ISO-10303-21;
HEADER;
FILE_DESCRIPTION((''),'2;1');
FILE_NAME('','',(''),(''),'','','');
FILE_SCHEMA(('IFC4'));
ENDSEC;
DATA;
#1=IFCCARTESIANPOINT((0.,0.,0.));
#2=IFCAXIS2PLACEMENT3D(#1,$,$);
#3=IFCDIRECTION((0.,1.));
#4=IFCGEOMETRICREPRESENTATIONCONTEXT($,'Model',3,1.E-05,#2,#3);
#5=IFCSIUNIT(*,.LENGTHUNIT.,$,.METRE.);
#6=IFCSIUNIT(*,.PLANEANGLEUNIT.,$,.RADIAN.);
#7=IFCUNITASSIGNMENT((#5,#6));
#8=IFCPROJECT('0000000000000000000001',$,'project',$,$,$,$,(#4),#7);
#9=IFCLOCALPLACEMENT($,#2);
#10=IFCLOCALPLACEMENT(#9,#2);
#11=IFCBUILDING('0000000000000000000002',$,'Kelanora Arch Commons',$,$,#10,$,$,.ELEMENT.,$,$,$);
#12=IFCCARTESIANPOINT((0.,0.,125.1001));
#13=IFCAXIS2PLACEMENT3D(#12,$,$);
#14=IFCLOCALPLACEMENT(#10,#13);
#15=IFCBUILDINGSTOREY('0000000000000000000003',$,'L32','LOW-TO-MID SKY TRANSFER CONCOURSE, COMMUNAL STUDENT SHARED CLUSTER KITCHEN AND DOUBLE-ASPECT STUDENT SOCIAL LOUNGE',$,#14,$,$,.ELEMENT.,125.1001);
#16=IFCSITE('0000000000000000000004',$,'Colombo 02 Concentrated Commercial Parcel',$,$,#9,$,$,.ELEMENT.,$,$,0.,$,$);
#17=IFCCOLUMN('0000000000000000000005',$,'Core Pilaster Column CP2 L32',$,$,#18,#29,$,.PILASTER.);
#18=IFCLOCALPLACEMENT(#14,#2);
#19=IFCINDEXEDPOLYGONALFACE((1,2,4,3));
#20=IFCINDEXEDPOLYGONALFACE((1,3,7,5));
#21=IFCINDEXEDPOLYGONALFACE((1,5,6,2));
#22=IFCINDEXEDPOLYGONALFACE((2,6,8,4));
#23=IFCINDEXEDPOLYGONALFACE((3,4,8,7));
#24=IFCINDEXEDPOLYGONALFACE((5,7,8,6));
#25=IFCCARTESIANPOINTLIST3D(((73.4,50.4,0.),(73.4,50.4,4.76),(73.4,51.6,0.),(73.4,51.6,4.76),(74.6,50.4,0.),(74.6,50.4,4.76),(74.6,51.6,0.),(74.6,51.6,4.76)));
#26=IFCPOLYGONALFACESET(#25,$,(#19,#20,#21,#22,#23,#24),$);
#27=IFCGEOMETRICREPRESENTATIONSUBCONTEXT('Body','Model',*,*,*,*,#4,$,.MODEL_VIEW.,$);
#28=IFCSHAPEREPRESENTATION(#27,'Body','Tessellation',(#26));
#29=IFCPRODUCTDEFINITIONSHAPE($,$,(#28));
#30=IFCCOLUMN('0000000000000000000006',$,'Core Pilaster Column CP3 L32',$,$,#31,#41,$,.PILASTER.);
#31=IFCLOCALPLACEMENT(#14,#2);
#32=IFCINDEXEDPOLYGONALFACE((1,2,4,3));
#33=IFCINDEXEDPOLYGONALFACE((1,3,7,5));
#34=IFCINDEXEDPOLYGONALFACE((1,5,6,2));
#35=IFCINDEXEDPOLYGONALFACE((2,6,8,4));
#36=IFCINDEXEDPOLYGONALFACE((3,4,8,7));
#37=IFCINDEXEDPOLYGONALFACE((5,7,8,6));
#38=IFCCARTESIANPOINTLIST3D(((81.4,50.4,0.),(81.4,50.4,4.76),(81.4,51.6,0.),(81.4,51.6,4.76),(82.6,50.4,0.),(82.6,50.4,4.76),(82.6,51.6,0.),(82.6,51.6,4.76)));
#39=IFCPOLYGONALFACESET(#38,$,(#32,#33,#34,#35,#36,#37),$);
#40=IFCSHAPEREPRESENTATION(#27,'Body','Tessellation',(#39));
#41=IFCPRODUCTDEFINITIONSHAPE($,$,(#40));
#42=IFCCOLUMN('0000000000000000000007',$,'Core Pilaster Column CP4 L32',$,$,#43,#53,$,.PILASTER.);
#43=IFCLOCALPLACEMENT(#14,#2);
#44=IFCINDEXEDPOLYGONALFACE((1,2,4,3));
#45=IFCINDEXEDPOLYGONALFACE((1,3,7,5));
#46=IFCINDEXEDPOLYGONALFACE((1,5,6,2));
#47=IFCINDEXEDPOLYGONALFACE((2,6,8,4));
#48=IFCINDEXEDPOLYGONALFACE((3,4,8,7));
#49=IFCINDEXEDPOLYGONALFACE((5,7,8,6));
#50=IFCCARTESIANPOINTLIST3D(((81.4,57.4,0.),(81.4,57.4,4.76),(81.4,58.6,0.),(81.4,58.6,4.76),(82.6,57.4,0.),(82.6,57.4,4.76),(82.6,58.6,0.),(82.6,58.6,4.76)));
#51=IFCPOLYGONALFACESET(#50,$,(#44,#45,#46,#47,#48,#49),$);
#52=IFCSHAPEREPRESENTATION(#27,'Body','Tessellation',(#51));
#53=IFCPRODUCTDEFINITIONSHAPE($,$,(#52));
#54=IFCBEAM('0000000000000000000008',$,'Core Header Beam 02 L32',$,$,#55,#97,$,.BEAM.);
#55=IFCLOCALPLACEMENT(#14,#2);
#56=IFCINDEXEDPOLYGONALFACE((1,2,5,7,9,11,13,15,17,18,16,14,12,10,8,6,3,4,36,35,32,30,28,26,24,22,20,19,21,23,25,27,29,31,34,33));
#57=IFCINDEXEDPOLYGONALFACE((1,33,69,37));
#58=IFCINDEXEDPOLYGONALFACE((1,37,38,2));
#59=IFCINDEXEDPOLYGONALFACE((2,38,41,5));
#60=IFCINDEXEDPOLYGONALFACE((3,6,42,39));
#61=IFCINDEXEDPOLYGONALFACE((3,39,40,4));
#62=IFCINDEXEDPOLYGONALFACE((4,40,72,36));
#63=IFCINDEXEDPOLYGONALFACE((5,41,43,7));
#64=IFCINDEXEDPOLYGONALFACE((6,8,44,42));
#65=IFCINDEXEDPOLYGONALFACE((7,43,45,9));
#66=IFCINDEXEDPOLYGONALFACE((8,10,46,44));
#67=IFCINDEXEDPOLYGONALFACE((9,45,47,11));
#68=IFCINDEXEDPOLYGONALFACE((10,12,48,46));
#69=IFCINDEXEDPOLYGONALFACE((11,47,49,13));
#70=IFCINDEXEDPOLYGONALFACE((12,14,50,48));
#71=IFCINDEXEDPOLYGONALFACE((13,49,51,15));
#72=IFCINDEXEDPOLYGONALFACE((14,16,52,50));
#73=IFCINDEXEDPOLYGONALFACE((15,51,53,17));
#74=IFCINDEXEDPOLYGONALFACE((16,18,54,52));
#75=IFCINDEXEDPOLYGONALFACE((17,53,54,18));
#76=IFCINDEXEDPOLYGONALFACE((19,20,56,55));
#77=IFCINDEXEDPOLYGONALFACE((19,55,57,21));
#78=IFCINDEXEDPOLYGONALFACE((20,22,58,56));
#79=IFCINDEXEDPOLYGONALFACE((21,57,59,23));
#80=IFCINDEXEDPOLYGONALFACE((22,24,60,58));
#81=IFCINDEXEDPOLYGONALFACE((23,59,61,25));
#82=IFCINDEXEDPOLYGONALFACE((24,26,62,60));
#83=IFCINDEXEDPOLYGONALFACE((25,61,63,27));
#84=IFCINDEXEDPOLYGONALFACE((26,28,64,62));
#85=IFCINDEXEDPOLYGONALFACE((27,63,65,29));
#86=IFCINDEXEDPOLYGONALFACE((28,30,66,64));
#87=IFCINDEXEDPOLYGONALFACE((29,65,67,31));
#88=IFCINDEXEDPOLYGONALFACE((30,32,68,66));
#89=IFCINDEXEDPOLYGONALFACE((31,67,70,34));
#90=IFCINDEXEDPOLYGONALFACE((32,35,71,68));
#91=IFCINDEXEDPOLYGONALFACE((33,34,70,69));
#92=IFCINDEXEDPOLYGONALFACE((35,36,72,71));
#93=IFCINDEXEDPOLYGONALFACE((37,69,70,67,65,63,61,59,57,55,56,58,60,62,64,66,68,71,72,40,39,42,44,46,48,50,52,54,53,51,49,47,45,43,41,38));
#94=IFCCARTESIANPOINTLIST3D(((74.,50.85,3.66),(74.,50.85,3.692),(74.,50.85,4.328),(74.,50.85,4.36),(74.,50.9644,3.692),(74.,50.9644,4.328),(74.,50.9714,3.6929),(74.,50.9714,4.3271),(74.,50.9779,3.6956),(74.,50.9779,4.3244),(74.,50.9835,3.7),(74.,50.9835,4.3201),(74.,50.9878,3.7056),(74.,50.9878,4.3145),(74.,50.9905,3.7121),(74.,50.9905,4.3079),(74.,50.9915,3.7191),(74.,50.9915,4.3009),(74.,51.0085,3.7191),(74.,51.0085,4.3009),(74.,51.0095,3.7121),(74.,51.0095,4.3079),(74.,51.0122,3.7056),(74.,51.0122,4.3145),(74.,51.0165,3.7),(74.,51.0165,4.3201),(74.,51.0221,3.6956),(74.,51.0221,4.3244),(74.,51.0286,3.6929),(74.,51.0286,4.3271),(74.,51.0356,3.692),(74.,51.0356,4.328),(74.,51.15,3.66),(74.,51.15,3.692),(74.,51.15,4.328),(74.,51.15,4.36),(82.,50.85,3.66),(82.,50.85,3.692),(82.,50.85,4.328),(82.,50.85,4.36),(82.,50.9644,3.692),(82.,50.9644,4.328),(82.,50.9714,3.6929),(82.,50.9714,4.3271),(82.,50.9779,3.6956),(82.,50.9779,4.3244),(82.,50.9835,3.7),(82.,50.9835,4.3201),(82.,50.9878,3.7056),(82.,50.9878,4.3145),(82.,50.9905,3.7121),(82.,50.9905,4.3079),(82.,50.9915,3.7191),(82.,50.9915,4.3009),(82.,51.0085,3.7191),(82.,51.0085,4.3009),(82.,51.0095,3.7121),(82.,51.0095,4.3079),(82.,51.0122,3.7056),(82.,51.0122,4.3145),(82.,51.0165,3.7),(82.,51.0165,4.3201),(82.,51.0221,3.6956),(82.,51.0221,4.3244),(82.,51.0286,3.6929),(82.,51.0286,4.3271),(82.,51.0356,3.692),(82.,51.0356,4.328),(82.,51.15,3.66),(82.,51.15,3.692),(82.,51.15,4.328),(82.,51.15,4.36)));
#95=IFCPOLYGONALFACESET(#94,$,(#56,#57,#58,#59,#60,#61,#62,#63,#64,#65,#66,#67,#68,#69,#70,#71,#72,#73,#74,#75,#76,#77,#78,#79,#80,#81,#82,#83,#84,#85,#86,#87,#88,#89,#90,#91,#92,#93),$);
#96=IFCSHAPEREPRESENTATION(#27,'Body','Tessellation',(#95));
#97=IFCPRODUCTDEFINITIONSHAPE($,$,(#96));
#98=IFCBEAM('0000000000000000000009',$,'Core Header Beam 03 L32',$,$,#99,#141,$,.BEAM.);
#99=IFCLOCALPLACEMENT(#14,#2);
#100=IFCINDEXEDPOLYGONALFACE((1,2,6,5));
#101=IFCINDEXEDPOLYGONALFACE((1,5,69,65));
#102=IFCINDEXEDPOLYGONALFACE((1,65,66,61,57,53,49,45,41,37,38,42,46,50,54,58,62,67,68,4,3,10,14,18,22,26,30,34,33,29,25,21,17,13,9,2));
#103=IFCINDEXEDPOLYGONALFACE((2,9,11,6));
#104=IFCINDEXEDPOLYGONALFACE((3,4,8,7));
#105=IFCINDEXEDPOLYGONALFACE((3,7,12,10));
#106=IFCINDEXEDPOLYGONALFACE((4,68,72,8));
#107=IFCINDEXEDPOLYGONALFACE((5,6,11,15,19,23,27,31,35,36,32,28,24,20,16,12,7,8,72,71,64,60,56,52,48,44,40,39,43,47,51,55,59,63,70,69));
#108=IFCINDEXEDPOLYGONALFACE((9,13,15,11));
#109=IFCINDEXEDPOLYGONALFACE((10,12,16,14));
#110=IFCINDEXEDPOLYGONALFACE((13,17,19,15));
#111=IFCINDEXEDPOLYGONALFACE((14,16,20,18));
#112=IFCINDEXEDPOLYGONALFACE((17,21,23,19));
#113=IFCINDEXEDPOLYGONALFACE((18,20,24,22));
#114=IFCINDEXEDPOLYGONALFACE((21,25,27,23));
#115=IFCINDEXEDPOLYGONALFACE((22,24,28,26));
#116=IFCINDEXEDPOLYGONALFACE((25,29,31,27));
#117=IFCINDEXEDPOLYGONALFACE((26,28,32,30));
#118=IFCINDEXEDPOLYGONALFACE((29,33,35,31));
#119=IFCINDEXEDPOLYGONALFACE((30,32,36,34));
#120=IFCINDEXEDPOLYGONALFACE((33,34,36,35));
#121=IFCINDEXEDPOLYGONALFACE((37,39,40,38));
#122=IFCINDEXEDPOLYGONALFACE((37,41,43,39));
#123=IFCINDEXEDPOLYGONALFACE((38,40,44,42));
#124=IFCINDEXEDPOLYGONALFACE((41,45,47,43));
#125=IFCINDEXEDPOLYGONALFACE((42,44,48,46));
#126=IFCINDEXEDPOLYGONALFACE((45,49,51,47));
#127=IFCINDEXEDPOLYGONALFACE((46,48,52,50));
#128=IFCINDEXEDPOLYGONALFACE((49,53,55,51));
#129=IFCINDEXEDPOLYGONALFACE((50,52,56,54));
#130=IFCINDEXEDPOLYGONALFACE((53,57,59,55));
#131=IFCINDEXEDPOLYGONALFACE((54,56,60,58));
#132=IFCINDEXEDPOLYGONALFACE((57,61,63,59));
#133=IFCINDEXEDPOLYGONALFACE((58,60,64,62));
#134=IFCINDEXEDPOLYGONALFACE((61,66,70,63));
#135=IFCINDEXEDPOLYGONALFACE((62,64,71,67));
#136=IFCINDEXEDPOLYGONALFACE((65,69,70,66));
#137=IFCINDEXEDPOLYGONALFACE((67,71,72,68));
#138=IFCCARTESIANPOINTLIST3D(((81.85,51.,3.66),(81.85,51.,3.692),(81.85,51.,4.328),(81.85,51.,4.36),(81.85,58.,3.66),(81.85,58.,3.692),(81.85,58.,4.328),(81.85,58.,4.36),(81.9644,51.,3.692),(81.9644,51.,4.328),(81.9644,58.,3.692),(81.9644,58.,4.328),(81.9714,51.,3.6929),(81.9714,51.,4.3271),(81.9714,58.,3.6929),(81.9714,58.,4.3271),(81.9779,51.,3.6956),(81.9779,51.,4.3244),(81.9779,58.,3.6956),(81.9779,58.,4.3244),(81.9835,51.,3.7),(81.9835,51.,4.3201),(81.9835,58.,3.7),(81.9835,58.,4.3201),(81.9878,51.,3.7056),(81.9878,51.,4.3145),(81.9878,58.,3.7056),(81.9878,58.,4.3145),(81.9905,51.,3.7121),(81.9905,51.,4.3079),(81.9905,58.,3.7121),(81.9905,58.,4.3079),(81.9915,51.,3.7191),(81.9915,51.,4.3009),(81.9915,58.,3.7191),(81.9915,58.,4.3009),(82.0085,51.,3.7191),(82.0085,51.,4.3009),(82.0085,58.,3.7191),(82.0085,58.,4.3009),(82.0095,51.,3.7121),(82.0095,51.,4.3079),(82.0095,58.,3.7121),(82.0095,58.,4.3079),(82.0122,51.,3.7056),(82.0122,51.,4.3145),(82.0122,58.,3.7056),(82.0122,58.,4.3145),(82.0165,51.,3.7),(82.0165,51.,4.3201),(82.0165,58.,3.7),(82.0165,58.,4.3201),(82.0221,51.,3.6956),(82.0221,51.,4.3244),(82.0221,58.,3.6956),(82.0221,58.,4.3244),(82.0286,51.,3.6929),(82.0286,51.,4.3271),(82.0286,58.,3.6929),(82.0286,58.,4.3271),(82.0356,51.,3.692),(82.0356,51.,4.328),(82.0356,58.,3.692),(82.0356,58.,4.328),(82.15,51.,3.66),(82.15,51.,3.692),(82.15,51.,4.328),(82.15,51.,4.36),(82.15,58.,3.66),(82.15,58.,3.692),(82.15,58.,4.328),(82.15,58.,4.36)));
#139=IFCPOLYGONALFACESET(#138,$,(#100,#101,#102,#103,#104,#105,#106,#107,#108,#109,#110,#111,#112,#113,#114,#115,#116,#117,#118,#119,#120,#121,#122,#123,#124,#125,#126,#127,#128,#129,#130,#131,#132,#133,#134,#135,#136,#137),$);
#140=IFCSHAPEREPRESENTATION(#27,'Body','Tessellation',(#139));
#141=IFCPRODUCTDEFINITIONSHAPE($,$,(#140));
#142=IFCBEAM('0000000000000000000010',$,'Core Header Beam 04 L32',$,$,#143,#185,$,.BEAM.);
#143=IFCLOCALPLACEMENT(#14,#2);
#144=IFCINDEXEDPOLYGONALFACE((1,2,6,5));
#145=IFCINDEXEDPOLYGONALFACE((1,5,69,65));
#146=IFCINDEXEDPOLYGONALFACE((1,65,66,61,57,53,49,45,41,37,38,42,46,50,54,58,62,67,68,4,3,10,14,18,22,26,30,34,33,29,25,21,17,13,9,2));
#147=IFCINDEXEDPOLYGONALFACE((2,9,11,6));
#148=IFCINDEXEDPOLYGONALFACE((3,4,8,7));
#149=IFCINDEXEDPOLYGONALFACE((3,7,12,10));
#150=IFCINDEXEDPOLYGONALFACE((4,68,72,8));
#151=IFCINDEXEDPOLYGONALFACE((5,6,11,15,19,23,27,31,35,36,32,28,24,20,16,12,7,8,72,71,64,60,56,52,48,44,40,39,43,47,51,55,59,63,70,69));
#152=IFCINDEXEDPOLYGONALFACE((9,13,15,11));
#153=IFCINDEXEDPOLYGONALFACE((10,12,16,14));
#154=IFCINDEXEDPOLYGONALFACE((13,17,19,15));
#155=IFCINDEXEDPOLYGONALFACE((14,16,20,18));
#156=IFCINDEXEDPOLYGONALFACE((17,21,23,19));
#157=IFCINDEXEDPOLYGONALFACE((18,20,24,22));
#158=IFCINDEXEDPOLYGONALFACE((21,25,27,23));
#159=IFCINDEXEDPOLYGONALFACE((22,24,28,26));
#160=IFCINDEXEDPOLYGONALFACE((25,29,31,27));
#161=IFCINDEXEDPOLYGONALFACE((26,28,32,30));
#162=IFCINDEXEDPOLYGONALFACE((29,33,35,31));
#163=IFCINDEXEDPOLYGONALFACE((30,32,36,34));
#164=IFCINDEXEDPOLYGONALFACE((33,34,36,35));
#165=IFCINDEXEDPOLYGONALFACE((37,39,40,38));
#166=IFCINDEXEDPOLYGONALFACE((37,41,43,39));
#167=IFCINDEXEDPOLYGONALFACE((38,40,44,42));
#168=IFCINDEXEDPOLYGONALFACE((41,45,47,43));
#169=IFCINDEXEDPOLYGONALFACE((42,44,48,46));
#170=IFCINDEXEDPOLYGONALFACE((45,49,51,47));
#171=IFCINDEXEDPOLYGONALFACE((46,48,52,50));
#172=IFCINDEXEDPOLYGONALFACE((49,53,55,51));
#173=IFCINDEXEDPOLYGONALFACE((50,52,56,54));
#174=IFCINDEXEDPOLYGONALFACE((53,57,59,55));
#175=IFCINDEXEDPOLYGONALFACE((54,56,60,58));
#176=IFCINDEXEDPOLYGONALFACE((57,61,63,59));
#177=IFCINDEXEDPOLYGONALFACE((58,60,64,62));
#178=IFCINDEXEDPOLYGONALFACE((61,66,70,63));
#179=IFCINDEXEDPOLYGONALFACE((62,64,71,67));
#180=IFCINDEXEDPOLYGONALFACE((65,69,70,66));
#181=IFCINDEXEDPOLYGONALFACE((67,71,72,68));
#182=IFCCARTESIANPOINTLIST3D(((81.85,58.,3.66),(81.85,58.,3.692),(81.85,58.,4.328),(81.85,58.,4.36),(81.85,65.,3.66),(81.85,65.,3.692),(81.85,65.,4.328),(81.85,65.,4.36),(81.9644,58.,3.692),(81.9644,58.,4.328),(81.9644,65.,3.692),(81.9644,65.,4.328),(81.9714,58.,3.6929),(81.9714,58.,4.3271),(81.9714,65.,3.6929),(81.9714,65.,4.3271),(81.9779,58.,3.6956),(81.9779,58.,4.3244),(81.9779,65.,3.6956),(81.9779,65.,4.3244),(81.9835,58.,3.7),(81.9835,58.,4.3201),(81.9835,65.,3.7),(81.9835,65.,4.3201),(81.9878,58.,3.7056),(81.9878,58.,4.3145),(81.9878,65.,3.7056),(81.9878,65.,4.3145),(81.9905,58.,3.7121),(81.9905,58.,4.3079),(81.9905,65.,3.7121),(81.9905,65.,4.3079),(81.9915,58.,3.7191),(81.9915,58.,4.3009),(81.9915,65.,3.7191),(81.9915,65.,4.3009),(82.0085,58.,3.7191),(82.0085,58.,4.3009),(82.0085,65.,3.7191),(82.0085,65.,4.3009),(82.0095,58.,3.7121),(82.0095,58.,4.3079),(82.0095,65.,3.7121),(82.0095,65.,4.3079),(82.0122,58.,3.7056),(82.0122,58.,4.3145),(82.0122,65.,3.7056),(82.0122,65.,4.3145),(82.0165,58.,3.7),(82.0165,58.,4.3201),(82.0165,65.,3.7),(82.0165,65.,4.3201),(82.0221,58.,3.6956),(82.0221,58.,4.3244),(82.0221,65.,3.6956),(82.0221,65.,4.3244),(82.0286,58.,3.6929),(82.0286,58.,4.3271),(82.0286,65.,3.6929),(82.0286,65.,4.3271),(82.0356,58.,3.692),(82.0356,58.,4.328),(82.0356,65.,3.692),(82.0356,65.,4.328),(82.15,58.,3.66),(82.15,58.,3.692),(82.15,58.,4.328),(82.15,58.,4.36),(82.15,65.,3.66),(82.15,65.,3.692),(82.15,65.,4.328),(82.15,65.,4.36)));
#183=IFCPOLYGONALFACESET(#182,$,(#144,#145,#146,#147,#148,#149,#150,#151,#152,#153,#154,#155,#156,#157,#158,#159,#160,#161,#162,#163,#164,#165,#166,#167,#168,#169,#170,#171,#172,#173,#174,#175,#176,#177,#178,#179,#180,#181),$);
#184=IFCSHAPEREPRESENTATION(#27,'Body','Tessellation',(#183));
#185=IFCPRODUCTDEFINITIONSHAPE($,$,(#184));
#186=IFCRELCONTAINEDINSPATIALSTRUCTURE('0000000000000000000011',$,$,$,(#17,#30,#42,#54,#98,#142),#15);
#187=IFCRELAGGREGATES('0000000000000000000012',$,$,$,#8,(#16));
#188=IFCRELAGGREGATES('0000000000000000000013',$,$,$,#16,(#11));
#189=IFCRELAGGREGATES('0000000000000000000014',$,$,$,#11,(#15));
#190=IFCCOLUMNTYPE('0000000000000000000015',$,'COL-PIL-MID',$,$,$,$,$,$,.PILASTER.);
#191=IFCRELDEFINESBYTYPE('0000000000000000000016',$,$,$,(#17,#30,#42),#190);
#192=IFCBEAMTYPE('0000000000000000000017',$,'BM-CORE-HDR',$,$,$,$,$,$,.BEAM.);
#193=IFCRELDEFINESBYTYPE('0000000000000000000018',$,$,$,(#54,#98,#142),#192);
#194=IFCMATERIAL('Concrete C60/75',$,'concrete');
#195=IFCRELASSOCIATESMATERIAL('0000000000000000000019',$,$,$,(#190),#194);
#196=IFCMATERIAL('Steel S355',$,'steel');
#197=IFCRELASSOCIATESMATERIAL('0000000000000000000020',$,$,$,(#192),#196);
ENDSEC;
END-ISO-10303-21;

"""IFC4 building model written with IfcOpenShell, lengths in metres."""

from ifc_helpers import new_model, si_unit, direction, frame, origin, origin_2d, place, context, subcontext, project, spatial, rectangle, i_section, extrude, material, material_profile, profile_set, type_object, element, save


model = new_model("IFC4")

# Units and contexts
model_context = context("Model", 3, precision=1e-05, world=origin(), true_north=direction((0.0, 1.0)))
body_context = subcontext(model_context, "Body", "Model", "MODEL_VIEW")
ifc_project = project(units=[si_unit("LENGTHUNIT", "METRE"), si_unit("PLANEANGLEUNIT", "RADIAN")], contexts=[model_context])

# Site, building, storey
site_placement = place(None, origin())
site = spatial("IfcSite", under=ifc_project, at=site_placement, Name="Colombo 02 Concentrated Commercial Parcel", CompositionType="ELEMENT", RefElevation=0.0)
building_placement = place(site_placement, origin())
building = spatial("IfcBuilding", under=site, at=building_placement, Name="Kelanora Arch Commons", CompositionType="ELEMENT")
storey_placement = place(building_placement, frame((0.0, 0.0, 125.1001)))
storey = spatial("IfcBuildingStorey", under=building, at=storey_placement, Name="L32", Description="LOW-TO-MID SKY TRANSFER CONCOURSE, COMMUNAL STUDENT SHARED CLUSTER KITCHEN AND DOUBLE-ASPECT STUDENT SOCIAL LOUNGE", CompositionType="ELEMENT", Elevation=125.1001)

# Columns
ifc_material_1 = material(Name="Concrete C60/75", Category="concrete")
ifc_material_profile_1 = material_profile(ifc_material_1, rectangle(XDim=1.2, YDim=1.2, at=origin_2d()), Name="RC1200x1200")
ifc_profile_set_1 = profile_set([ifc_material_profile_1], Name="Concrete C60/75")
column_type = type_object("IfcColumnType", Name="COL-PIL-MID", PredefinedType="PILASTER", material=ifc_profile_set_1)
for number, where, z_axis, x_axis, name in (
    (1, (74.0, 51.0, 0.0), (0.0, 0.0, 1.0), (1.0, 0.0, 0.0), "Core Pilaster Column CP2 L32"),
    (2, (82.0, 51.0, 0.0), (0.0, 0.0, 1.0), (1.0, 0.0, 0.0), "Core Pilaster Column CP3 L32"),
    (3, (82.0, 58.0, 0.0), (0.0, 0.0, 1.0), (1.0, 0.0, 0.0), "Core Pilaster Column CP4 L32"),
):
    element("IfcColumn", number, at=place(storey_placement, frame(where, z_axis=z_axis, x_axis=x_axis)), inside=storey, type_object=column_type, Name=name, PredefinedType="PILASTER", context=body_context, shape_type="SweptSolid", body=[
        extrude(rectangle(XDim=1.2, YDim=1.2, at=origin_2d()), origin(), (0.0, 0.0, 1.0), 4.76),
    ])

# Beams
ifc_material_2 = material(Name="Steel S355", Category="steel")
ifc_material_profile_2 = material_profile(ifc_material_2, i_section(OverallWidth=0.3, OverallDepth=0.7, WebThickness=0.0171, FlangeThickness=0.032, FilletRadius=0.0271, at=origin_2d()), Name="HEB700")
ifc_profile_set_2 = profile_set([ifc_material_profile_2], Name="Steel S355")
beam_type_1 = type_object("IfcBeamType", Name="BM-CORE-HDR", PredefinedType="BEAM", material=ifc_profile_set_2)
beam_1_placement = place(storey_placement, frame((74.0, 51.0, 4.01), z_axis=(1.0, 0.0, 0.0), x_axis=(0.0, 1.0, 0.0)))
element("IfcBeam", 4, at=beam_1_placement, inside=storey, type_object=beam_type_1, Name="Core Header Beam 02 L32", PredefinedType="BEAM", context=body_context, shape_type="SweptSolid", body=[
    extrude(i_section(OverallWidth=0.3, OverallDepth=0.7, WebThickness=0.0171, FlangeThickness=0.032, FilletRadius=0.0271, at=origin_2d()), origin(), (0.0, 0.0, 1.0), 8.0),
])
for number, where, z_axis, x_axis, name in (
    (5, (82.0, 51.0, 4.01), (0.0, 1.0, 0.0), (-1.0, 0.0, 0.0), "Core Header Beam 03 L32"),
    (6, (82.0, 58.0, 4.01), (0.0, 1.0, 0.0), (-1.0, 0.0, 0.0), "Core Header Beam 04 L32"),
):
    element("IfcBeam", number, at=place(storey_placement, frame(where, z_axis=z_axis, x_axis=x_axis)), inside=storey, type_object=beam_type_1, Name=name, PredefinedType="BEAM", context=body_context, shape_type="SweptSolid", body=[
        extrude(i_section(OverallWidth=0.3, OverallDepth=0.7, WebThickness=0.0171, FlangeThickness=0.032, FilletRadius=0.0271, at=origin_2d()), origin(), (0.0, 0.0, 1.0), 7.0),
    ])

save(model, "model.ifc")
